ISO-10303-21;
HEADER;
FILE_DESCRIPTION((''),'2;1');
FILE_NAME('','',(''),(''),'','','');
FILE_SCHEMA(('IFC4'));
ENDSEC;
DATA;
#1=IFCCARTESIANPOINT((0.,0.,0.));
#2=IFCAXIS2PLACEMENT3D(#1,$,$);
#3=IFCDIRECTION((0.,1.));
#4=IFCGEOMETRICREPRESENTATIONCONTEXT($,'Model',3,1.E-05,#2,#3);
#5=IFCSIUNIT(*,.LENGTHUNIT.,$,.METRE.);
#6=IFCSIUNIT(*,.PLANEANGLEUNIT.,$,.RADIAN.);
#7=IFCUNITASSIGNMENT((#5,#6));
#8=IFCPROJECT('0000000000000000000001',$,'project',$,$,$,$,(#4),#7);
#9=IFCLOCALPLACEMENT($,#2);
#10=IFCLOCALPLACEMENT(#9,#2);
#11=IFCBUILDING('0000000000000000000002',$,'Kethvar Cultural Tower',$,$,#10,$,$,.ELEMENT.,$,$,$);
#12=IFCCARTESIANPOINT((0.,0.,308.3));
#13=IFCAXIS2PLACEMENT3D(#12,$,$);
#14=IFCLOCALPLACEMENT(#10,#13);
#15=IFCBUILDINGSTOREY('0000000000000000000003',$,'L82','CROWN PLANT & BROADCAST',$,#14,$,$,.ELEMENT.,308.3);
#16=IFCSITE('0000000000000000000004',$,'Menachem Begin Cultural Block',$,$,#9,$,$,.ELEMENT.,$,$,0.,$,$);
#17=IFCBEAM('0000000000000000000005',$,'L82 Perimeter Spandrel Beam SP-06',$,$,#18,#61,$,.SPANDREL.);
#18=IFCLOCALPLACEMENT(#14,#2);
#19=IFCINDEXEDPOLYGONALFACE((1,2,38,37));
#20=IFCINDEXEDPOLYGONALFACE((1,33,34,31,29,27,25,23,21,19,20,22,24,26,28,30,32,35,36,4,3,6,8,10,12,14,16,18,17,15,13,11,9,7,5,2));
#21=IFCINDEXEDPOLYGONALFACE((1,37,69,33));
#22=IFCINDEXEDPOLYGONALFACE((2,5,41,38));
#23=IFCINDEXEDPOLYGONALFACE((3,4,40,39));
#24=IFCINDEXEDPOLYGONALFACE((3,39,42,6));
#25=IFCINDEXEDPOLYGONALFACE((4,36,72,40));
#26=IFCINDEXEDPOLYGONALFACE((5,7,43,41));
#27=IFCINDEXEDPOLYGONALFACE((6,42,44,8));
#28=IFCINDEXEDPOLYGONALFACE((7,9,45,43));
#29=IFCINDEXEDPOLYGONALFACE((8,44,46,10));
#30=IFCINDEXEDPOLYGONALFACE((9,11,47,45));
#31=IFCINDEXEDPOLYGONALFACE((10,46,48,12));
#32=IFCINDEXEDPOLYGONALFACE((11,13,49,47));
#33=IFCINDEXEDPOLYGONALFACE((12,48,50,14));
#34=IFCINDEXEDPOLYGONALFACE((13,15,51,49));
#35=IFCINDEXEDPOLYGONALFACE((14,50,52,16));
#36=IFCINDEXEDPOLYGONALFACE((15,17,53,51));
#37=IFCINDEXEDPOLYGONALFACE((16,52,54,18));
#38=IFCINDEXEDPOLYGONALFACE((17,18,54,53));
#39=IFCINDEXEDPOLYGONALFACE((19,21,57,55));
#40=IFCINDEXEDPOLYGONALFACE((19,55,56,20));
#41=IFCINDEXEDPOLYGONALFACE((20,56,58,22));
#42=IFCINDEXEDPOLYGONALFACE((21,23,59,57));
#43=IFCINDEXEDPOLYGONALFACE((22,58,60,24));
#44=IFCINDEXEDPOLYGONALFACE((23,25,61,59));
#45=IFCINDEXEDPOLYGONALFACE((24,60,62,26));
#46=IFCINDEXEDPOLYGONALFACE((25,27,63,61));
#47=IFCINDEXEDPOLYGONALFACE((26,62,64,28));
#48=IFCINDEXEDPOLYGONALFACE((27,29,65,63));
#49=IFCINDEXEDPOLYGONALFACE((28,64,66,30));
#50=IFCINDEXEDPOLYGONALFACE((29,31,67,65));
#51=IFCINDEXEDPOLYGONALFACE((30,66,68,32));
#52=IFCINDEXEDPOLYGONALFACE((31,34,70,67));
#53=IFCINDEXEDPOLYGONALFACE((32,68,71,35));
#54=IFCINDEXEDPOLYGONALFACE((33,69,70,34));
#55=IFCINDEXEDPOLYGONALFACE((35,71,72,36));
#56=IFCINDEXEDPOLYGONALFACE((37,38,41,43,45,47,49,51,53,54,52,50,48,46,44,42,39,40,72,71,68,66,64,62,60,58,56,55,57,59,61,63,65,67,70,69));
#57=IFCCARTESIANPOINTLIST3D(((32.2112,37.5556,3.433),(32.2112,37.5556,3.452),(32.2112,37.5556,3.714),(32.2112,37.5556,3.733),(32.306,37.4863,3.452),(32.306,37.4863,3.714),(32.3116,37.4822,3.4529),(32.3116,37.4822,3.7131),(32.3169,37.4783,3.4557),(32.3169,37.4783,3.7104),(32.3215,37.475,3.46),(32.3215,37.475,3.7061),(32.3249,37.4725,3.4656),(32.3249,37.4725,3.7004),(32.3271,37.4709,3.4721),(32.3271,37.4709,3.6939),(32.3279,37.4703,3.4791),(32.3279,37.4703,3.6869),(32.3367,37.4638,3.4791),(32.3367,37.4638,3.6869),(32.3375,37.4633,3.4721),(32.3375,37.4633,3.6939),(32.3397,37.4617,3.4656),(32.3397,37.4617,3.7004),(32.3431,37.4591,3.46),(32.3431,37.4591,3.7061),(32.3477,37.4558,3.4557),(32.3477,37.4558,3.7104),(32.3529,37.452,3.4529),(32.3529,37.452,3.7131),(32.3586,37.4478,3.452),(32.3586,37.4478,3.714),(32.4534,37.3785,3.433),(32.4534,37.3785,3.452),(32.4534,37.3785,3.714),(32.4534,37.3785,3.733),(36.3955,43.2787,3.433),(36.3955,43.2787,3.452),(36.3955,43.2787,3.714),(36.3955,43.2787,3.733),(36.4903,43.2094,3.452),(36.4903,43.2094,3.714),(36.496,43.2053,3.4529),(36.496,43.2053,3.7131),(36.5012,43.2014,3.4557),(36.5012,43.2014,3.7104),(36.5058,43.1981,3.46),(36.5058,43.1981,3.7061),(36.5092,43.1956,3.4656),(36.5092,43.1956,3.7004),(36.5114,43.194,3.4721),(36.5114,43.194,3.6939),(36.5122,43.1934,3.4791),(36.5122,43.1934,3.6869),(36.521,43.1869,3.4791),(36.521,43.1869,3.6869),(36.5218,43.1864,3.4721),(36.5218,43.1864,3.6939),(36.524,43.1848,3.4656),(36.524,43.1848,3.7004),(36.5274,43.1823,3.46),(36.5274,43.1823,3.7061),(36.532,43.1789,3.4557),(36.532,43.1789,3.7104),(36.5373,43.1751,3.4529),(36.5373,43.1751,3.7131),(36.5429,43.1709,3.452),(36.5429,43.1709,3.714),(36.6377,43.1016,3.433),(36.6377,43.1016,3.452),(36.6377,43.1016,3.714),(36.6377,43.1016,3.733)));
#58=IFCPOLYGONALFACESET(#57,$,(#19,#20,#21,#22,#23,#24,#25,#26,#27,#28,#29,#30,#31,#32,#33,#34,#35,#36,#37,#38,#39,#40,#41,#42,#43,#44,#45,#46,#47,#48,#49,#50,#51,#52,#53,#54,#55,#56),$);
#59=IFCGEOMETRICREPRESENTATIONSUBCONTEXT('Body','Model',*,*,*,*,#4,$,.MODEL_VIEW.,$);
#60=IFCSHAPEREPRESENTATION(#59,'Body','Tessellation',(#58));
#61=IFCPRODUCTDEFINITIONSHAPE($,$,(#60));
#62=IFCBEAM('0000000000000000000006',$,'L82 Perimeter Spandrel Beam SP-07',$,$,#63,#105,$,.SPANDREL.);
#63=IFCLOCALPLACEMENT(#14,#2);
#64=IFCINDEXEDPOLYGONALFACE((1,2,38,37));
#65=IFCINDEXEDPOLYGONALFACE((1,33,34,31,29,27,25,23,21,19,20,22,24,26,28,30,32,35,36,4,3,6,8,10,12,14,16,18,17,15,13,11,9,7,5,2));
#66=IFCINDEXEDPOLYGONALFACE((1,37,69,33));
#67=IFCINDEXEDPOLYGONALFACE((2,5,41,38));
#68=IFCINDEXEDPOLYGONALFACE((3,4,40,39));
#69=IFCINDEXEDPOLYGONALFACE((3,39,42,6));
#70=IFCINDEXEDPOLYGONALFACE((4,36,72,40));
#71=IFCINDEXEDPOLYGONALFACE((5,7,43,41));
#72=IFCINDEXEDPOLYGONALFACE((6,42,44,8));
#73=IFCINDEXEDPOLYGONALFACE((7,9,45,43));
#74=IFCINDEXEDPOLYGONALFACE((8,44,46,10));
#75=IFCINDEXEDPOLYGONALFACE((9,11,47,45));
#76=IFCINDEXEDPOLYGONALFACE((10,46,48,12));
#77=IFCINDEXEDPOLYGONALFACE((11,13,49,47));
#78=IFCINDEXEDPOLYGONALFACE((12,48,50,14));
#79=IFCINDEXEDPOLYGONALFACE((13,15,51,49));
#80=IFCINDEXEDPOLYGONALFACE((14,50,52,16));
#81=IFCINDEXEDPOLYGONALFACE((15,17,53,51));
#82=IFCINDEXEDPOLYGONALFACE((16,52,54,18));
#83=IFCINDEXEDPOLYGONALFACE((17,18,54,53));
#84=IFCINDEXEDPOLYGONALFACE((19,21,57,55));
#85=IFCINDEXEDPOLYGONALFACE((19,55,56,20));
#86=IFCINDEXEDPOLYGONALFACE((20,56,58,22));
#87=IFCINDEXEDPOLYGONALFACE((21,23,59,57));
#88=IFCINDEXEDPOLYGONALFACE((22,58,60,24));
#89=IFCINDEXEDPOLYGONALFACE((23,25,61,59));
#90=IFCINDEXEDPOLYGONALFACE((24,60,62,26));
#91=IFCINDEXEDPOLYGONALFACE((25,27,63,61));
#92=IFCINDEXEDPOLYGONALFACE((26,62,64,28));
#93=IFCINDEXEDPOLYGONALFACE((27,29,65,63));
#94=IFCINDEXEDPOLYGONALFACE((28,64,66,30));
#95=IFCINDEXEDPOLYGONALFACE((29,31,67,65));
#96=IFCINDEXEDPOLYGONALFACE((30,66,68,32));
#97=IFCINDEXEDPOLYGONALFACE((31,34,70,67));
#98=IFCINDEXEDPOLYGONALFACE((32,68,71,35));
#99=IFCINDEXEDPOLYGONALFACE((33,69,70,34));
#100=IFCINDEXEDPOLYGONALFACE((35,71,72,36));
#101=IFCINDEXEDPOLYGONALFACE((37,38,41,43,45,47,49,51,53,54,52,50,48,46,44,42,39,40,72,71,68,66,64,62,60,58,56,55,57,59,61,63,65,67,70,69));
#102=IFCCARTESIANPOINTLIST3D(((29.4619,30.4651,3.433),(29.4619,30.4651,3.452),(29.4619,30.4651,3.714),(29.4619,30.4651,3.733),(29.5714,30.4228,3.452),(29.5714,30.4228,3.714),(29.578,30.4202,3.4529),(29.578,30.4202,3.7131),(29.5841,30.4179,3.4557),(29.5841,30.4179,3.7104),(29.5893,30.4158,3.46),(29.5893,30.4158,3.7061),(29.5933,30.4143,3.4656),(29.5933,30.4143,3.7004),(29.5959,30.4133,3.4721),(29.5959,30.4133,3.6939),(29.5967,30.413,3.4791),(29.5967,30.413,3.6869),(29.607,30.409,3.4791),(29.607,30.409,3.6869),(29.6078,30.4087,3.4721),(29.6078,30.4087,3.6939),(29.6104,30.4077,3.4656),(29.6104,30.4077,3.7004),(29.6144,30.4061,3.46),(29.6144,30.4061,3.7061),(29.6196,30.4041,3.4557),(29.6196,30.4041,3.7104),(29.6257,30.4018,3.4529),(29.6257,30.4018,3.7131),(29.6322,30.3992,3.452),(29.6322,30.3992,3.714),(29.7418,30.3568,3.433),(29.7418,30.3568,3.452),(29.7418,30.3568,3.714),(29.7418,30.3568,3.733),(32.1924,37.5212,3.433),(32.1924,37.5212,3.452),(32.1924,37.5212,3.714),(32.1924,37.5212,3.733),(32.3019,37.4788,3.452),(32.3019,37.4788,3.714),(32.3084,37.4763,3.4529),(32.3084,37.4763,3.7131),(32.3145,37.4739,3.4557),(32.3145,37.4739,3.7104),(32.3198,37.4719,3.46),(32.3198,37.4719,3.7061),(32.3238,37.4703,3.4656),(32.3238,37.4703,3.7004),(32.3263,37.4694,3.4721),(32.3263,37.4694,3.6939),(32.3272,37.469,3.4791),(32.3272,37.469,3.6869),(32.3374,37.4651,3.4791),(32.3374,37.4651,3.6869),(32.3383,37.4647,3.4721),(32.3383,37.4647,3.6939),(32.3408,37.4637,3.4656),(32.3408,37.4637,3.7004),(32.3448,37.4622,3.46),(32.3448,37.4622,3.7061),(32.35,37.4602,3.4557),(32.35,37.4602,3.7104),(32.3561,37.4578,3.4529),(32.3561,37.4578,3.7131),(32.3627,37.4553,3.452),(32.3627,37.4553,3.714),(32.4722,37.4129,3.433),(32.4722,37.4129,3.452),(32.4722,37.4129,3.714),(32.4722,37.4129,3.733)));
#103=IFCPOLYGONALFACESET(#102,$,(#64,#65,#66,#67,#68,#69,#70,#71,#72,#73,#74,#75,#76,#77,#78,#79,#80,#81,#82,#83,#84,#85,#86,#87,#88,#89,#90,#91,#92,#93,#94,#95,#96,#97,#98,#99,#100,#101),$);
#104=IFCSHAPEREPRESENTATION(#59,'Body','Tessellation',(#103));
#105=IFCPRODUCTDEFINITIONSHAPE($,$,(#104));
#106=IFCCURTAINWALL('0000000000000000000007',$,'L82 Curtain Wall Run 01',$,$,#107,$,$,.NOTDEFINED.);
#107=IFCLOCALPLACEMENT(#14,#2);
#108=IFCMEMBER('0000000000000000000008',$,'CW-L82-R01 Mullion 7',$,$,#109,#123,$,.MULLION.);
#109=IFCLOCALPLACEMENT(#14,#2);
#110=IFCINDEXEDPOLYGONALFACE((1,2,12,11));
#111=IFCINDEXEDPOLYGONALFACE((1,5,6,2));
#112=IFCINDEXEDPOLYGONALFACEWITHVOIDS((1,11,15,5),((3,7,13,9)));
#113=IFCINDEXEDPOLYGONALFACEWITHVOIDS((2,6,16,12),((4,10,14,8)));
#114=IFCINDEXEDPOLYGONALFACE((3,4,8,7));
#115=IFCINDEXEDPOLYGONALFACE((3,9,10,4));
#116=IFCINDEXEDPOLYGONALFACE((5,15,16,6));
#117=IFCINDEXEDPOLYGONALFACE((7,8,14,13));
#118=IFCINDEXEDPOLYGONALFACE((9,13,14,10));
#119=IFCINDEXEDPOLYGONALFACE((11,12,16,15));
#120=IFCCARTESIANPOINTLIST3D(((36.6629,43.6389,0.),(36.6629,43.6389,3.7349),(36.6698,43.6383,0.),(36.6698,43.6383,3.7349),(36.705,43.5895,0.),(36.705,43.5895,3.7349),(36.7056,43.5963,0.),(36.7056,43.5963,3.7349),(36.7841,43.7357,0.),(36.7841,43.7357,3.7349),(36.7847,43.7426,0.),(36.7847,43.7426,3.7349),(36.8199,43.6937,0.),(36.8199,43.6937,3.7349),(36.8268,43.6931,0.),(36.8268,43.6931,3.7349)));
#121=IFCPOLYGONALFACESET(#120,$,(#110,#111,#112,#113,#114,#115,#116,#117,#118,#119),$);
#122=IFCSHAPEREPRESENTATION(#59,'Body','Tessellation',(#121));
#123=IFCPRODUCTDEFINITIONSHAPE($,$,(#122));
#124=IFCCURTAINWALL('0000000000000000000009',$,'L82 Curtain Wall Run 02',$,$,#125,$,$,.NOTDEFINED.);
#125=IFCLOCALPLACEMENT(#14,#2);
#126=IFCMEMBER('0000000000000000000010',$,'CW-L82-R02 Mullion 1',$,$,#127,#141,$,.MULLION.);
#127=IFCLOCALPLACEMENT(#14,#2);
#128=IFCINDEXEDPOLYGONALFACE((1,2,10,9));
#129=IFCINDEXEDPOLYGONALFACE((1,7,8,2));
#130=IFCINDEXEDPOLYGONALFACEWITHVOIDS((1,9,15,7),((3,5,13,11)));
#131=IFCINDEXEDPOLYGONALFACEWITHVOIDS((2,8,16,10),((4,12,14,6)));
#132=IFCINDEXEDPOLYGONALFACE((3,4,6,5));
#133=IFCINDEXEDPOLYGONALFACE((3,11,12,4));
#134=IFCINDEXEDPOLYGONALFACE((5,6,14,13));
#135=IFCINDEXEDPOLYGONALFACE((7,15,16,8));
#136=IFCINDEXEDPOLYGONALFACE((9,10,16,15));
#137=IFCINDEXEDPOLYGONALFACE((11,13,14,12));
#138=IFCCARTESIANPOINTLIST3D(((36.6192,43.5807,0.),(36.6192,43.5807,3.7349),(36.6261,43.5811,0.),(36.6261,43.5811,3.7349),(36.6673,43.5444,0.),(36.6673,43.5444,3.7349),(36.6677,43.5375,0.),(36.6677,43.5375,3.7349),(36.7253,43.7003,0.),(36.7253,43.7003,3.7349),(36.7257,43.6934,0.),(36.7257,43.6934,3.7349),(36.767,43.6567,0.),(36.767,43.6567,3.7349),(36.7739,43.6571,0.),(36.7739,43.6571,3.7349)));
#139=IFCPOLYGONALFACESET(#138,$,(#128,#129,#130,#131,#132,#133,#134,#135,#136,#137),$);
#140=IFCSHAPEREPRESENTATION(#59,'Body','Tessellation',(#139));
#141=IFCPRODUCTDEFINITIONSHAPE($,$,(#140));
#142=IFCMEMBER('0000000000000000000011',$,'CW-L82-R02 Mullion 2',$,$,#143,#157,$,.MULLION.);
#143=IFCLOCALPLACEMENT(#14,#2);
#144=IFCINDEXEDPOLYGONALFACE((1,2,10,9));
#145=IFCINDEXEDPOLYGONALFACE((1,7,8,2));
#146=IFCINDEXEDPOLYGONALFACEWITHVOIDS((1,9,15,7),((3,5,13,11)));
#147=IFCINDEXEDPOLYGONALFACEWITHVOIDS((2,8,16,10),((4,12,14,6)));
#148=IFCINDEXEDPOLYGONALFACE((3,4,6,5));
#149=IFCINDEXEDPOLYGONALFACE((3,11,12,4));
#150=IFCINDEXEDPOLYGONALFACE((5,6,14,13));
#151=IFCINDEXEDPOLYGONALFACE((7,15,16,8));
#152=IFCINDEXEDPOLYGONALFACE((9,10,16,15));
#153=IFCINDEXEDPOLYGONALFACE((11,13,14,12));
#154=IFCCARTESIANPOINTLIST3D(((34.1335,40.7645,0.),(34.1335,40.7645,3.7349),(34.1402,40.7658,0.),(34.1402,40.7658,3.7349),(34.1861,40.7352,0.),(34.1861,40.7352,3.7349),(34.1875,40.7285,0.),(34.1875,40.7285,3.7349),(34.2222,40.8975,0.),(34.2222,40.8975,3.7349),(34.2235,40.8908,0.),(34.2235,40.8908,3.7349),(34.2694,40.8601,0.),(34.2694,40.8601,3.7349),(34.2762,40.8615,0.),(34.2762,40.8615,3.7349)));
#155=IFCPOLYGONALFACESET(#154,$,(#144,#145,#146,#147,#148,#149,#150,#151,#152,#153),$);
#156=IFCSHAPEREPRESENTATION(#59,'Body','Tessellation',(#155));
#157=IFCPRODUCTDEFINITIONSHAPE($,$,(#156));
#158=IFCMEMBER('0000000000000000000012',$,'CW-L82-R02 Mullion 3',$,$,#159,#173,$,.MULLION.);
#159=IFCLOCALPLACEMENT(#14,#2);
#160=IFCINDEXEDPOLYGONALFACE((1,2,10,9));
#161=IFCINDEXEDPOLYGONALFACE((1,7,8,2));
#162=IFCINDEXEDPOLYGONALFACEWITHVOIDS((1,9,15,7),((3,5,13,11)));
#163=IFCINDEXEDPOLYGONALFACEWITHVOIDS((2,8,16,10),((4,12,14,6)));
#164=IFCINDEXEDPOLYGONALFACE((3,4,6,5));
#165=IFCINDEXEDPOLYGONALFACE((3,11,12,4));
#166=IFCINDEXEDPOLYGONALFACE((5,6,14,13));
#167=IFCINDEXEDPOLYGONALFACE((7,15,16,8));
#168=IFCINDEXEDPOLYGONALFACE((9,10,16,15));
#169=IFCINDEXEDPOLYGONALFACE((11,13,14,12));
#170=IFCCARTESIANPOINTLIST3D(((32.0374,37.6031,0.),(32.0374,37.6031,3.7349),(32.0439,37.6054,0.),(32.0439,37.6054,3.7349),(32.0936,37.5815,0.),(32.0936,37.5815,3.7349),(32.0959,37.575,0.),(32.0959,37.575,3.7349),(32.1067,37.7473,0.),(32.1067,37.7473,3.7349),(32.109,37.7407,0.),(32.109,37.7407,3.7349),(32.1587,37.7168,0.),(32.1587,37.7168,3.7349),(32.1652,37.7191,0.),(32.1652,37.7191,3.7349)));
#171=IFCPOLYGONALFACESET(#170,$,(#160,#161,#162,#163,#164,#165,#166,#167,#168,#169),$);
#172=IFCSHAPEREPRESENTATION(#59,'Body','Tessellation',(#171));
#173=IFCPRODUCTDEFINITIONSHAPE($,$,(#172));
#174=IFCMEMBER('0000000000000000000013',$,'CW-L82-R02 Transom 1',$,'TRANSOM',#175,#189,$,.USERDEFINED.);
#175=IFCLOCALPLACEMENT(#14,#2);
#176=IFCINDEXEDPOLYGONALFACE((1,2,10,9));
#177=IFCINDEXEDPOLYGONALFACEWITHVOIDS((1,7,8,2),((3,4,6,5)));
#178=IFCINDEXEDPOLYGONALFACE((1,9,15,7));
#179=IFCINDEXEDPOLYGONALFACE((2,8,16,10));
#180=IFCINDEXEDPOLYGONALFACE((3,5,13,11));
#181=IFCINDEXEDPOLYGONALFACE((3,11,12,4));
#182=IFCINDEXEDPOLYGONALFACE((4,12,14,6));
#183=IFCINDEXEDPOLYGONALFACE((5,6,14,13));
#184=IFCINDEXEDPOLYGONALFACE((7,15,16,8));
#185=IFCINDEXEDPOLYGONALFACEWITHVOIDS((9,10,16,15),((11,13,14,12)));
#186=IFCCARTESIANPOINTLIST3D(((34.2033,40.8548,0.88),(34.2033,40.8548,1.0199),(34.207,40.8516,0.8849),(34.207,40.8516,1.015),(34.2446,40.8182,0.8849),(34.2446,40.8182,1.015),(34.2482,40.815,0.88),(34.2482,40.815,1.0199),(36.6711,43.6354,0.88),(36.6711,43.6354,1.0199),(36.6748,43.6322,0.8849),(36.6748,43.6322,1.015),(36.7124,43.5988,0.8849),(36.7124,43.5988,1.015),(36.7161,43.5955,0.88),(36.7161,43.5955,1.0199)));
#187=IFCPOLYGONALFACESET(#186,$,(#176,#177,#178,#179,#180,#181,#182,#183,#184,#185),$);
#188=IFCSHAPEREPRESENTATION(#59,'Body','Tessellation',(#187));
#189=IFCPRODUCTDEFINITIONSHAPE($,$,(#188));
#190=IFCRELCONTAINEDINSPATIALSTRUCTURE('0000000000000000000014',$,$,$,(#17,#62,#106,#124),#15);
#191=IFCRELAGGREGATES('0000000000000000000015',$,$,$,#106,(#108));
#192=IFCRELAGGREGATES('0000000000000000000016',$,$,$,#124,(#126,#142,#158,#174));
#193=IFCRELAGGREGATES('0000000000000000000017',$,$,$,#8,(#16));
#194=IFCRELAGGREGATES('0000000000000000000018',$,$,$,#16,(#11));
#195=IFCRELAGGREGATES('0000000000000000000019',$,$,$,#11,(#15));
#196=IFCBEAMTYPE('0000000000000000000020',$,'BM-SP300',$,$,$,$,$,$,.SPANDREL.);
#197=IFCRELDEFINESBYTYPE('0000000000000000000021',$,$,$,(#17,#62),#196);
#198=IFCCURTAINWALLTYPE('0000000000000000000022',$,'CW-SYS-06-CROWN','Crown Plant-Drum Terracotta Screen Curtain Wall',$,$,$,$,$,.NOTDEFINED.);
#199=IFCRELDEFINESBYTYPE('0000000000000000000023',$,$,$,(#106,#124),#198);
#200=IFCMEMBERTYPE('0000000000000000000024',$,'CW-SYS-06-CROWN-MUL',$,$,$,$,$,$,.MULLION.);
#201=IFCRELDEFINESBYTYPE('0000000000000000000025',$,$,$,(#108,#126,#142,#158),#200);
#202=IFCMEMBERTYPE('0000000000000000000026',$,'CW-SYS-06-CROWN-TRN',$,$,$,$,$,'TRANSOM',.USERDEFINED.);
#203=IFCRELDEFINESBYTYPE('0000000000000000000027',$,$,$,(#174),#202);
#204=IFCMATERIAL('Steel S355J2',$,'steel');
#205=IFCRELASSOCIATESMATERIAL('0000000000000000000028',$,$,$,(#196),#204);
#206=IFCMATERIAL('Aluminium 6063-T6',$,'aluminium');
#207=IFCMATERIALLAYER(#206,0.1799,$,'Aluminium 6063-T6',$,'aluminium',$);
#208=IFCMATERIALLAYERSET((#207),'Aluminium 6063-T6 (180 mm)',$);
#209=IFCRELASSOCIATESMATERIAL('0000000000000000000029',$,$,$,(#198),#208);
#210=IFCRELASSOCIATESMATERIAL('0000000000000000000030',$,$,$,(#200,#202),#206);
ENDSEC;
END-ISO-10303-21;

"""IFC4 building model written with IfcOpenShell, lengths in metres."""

from ifc_helpers import new_model, si_unit, direction, frame, origin, origin_2d, place, context, subcontext, project, spatial, hollow_rectangle, i_section, extrude, source, transform, mapped, material, layer, layer_set, material_profile, profile_set, type_object, element, aggregate, save


model = new_model("IFC4")

# Units and contexts
model_context = context("Model", 3, precision=1e-05, world=origin(), true_north=direction((0.0, 1.0)))
body_context = subcontext(model_context, "Body", "Model", "MODEL_VIEW")
ifc_project = project(units=[si_unit("LENGTHUNIT", "METRE"), si_unit("PLANEANGLEUNIT", "RADIAN")], contexts=[model_context])

# Site, building, storey
site_placement = place(None, origin())
site = spatial("IfcSite", under=ifc_project, at=site_placement, Name="Menachem Begin Cultural Block", CompositionType="ELEMENT", RefElevation=0.0)
building_placement = place(site_placement, origin())
building = spatial("IfcBuilding", under=site, at=building_placement, Name="Kethvar Cultural Tower", CompositionType="ELEMENT")
storey_placement = place(building_placement, frame((0.0, 0.0, 308.3)))
storey = spatial("IfcBuildingStorey", under=building, at=storey_placement, Name="L82", Description="CROWN PLANT & BROADCAST", CompositionType="ELEMENT", Elevation=308.3)

# Shared definitions
ifc_material_1 = material(Name="Steel S355J2", Category="steel")

# Beams
ifc_material_profile_1 = material_profile(ifc_material_1, i_section(OverallWidth=0.3, OverallDepth=0.3, WebThickness=0.011, FlangeThickness=0.019, FilletRadius=0.0271, at=origin_2d()), Name="Steel S355J2 — HEB300")
ifc_profile_set_1 = profile_set([ifc_material_profile_1], Name="Steel S355J2 — HEB300")
beam_type_1 = type_object("IfcBeamType", Name="BM-SP300", PredefinedType="SPANDREL", material=ifc_profile_set_1)
shared_shape_1 = source(origin(), body_context, "Body", "SweptSolid", [
    extrude(i_section(OverallWidth=0.3, OverallDepth=0.3, WebThickness=0.011, FlangeThickness=0.019, FilletRadius=0.0271, at=origin_2d()), origin(), (0.0, 0.0, 1.0), 7.0896),
])
beam_1_placement = place(storey_placement, frame((36.5166, 43.1902, 3.583), z_axis=(-0.590203, -0.807255, 0.0), x_axis=(0.807255, -0.590203, 0.0)))
element("IfcBeam", 1, at=beam_1_placement, inside=storey, type_object=beam_type_1, Name="L82 Perimeter Spandrel Beam SP-06", PredefinedType="SPANDREL", context=body_context, shape_type="MappedRepresentation", body=[
    mapped(shared_shape_1, transform((0.0, 0.0, 0.0), scale=1.0)),
])
shared_shape_2 = source(origin(), body_context, "Body", "SweptSolid", [
    extrude(i_section(OverallWidth=0.3, OverallDepth=0.3, WebThickness=0.011, FlangeThickness=0.019, FilletRadius=0.0271, at=origin_2d()), origin(), (0.0, 0.0, 1.0), 7.5659),
])
beam_2_placement = place(storey_placement, frame((32.3323, 37.467, 3.583), z_axis=(-0.360885, -0.93261, 0.0), x_axis=(0.93261, -0.360885, 0.0)))
element("IfcBeam", 2, at=beam_2_placement, inside=storey, type_object=beam_type_1, Name="L82 Perimeter Spandrel Beam SP-07", PredefinedType="SPANDREL", context=body_context, shape_type="MappedRepresentation", body=[
    mapped(shared_shape_2, transform((0.0, 0.0, 0.0), scale=1.0)),
])

# Curtain wall, member
ifc_material_2 = material(Name="Aluminium 6063-T6", Category="aluminium")
ifc_layer_1 = layer(ifc_material_2, 0.1799, Name="Aluminium 6063-T6", Category="aluminium")
ifc_layer_set_1 = layer_set([ifc_layer_1], Name="Aluminium 6063-T6 (180 mm)")
curtain_wall_type = type_object("IfcCurtainWallType", Name="CW-SYS-06-CROWN", Description="Crown Plant-Drum Terracotta Screen Curtain Wall", PredefinedType="NOTDEFINED", material=ifc_layer_set_1)
curtain_wall_1_placement = place(storey_placement, origin())
curtain_wall_1 = element("IfcCurtainWall", 3, at=curtain_wall_1_placement, inside=storey, type_object=curtain_wall_type, Name="L82 Curtain Wall Run 01", PredefinedType="NOTDEFINED")
ifc_material_profile_2 = material_profile(ifc_material_2, hollow_rectangle(XDim=0.0649, YDim=0.1599, WallThickness=0.0049, at=origin_2d()), Name="Aluminium 6063-T6 — RHS160x65x5")
ifc_profile_set_2 = profile_set([ifc_material_profile_2], Name="Aluminium 6063-T6 — RHS160x65x5")
member_type_1 = type_object("IfcMemberType", Name="CW-SYS-06-CROWN-MUL", PredefinedType="MULLION", material=ifc_profile_set_2)
shared_shape_3 = source(origin(), body_context, "Body", "SweptSolid", [
    extrude(hollow_rectangle(XDim=0.0649, YDim=0.1599, WallThickness=0.0049, at=origin_2d()), origin(), (0.0, 0.0, 1.0), 3.7349),
])
member_1_placement = place(storey_placement, frame((36.7449, 43.666, 0.0), z_axis=(0.0, 0.0, 1.0), x_axis=(0.648319, -0.761369, 0.0)))
member_1 = element("IfcMember", 4, at=member_1_placement, type_object=member_type_1, Name="CW-L82-R01 Mullion 7", PredefinedType="MULLION", context=body_context, shape_type="MappedRepresentation", body=[
    mapped(shared_shape_3, transform((0.0, 0.0, 0.0), scale=1.0)),
])
aggregate(curtain_wall_1, [member_1])

# Curtain wall, members
curtain_wall_2_placement = place(storey_placement, origin())
curtain_wall_2 = element("IfcCurtainWall", 5, at=curtain_wall_2_placement, inside=storey, type_object=curtain_wall_type, Name="L82 Curtain Wall Run 02", PredefinedType="NOTDEFINED")
member_2_placement = place(storey_placement, frame((36.6965, 43.6189, 0.0), z_axis=(0.0, 0.0, 1.0), x_axis=(0.747914, -0.663796, 0.0)))
member_2 = element("IfcMember", 6, at=member_2_placement, type_object=member_type_1, Name="CW-L82-R02 Mullion 1", PredefinedType="MULLION", context=body_context, shape_type="MappedRepresentation", body=[
    mapped(shared_shape_3, transform((0.0, 0.0, 0.0), scale=1.0)),
])
member_3_placement = place(storey_placement, frame((34.2048, 40.813, 0.0), z_axis=(0.0, 0.0, 1.0), x_axis=(0.831944, -0.554859, 0.0)))
member_3 = element("IfcMember", 7, at=member_3_placement, type_object=member_type_1, Name="CW-L82-R02 Mullion 2", PredefinedType="MULLION", context=body_context, shape_type="MappedRepresentation", body=[
    mapped(shared_shape_3, transform((0.0, 0.0, 0.0), scale=1.0)),
])
member_4_placement = place(storey_placement, frame((32.1013, 37.6611, 0.0), z_axis=(0.0, 0.0, 1.0), x_axis=(0.901228, -0.433345, 0.0)))
member_4 = element("IfcMember", 8, at=member_4_placement, type_object=member_type_1, Name="CW-L82-R02 Mullion 3", PredefinedType="MULLION", context=body_context, shape_type="MappedRepresentation", body=[
    mapped(shared_shape_3, transform((0.0, 0.0, 0.0), scale=1.0)),
])
ifc_material_profile_3 = material_profile(ifc_material_2, hollow_rectangle(XDim=0.0601, YDim=0.1399, WallThickness=0.0049, at=origin_2d()), Name="Aluminium 6063-T6 — RHS140x60x5")
ifc_profile_set_3 = profile_set([ifc_material_profile_3], Name="Aluminium 6063-T6 — RHS140x60x5")
member_type_2 = type_object("IfcMemberType", Name="CW-SYS-06-CROWN-TRN", ElementType="TRANSOM", PredefinedType="USERDEFINED", material=ifc_profile_set_3)
shared_shape_4 = source(origin(), body_context, "Body", "SweptSolid", [
    extrude(hollow_rectangle(XDim=0.0601, YDim=0.1399, WallThickness=0.0049, at=origin_2d()), origin(), (0.0, 0.0, 1.0), 3.7178),
])
member_5_placement = place(storey_placement, frame((36.6936, 43.6155, 0.95), z_axis=(-0.663793, -0.747916, 0.0), x_axis=(0.747916, -0.663793, 0.0)))
member_5 = element("IfcMember", 9, at=member_5_placement, type_object=member_type_2, Name="CW-L82-R02 Transom 1", ObjectType="TRANSOM", PredefinedType="USERDEFINED", context=body_context, shape_type="MappedRepresentation", body=[
    mapped(shared_shape_4, transform((0.0, 0.0, 0.0), scale=1.0)),
])
aggregate(curtain_wall_2, [member_2, member_3, member_4, member_5])

save(model, "model.ifc")
